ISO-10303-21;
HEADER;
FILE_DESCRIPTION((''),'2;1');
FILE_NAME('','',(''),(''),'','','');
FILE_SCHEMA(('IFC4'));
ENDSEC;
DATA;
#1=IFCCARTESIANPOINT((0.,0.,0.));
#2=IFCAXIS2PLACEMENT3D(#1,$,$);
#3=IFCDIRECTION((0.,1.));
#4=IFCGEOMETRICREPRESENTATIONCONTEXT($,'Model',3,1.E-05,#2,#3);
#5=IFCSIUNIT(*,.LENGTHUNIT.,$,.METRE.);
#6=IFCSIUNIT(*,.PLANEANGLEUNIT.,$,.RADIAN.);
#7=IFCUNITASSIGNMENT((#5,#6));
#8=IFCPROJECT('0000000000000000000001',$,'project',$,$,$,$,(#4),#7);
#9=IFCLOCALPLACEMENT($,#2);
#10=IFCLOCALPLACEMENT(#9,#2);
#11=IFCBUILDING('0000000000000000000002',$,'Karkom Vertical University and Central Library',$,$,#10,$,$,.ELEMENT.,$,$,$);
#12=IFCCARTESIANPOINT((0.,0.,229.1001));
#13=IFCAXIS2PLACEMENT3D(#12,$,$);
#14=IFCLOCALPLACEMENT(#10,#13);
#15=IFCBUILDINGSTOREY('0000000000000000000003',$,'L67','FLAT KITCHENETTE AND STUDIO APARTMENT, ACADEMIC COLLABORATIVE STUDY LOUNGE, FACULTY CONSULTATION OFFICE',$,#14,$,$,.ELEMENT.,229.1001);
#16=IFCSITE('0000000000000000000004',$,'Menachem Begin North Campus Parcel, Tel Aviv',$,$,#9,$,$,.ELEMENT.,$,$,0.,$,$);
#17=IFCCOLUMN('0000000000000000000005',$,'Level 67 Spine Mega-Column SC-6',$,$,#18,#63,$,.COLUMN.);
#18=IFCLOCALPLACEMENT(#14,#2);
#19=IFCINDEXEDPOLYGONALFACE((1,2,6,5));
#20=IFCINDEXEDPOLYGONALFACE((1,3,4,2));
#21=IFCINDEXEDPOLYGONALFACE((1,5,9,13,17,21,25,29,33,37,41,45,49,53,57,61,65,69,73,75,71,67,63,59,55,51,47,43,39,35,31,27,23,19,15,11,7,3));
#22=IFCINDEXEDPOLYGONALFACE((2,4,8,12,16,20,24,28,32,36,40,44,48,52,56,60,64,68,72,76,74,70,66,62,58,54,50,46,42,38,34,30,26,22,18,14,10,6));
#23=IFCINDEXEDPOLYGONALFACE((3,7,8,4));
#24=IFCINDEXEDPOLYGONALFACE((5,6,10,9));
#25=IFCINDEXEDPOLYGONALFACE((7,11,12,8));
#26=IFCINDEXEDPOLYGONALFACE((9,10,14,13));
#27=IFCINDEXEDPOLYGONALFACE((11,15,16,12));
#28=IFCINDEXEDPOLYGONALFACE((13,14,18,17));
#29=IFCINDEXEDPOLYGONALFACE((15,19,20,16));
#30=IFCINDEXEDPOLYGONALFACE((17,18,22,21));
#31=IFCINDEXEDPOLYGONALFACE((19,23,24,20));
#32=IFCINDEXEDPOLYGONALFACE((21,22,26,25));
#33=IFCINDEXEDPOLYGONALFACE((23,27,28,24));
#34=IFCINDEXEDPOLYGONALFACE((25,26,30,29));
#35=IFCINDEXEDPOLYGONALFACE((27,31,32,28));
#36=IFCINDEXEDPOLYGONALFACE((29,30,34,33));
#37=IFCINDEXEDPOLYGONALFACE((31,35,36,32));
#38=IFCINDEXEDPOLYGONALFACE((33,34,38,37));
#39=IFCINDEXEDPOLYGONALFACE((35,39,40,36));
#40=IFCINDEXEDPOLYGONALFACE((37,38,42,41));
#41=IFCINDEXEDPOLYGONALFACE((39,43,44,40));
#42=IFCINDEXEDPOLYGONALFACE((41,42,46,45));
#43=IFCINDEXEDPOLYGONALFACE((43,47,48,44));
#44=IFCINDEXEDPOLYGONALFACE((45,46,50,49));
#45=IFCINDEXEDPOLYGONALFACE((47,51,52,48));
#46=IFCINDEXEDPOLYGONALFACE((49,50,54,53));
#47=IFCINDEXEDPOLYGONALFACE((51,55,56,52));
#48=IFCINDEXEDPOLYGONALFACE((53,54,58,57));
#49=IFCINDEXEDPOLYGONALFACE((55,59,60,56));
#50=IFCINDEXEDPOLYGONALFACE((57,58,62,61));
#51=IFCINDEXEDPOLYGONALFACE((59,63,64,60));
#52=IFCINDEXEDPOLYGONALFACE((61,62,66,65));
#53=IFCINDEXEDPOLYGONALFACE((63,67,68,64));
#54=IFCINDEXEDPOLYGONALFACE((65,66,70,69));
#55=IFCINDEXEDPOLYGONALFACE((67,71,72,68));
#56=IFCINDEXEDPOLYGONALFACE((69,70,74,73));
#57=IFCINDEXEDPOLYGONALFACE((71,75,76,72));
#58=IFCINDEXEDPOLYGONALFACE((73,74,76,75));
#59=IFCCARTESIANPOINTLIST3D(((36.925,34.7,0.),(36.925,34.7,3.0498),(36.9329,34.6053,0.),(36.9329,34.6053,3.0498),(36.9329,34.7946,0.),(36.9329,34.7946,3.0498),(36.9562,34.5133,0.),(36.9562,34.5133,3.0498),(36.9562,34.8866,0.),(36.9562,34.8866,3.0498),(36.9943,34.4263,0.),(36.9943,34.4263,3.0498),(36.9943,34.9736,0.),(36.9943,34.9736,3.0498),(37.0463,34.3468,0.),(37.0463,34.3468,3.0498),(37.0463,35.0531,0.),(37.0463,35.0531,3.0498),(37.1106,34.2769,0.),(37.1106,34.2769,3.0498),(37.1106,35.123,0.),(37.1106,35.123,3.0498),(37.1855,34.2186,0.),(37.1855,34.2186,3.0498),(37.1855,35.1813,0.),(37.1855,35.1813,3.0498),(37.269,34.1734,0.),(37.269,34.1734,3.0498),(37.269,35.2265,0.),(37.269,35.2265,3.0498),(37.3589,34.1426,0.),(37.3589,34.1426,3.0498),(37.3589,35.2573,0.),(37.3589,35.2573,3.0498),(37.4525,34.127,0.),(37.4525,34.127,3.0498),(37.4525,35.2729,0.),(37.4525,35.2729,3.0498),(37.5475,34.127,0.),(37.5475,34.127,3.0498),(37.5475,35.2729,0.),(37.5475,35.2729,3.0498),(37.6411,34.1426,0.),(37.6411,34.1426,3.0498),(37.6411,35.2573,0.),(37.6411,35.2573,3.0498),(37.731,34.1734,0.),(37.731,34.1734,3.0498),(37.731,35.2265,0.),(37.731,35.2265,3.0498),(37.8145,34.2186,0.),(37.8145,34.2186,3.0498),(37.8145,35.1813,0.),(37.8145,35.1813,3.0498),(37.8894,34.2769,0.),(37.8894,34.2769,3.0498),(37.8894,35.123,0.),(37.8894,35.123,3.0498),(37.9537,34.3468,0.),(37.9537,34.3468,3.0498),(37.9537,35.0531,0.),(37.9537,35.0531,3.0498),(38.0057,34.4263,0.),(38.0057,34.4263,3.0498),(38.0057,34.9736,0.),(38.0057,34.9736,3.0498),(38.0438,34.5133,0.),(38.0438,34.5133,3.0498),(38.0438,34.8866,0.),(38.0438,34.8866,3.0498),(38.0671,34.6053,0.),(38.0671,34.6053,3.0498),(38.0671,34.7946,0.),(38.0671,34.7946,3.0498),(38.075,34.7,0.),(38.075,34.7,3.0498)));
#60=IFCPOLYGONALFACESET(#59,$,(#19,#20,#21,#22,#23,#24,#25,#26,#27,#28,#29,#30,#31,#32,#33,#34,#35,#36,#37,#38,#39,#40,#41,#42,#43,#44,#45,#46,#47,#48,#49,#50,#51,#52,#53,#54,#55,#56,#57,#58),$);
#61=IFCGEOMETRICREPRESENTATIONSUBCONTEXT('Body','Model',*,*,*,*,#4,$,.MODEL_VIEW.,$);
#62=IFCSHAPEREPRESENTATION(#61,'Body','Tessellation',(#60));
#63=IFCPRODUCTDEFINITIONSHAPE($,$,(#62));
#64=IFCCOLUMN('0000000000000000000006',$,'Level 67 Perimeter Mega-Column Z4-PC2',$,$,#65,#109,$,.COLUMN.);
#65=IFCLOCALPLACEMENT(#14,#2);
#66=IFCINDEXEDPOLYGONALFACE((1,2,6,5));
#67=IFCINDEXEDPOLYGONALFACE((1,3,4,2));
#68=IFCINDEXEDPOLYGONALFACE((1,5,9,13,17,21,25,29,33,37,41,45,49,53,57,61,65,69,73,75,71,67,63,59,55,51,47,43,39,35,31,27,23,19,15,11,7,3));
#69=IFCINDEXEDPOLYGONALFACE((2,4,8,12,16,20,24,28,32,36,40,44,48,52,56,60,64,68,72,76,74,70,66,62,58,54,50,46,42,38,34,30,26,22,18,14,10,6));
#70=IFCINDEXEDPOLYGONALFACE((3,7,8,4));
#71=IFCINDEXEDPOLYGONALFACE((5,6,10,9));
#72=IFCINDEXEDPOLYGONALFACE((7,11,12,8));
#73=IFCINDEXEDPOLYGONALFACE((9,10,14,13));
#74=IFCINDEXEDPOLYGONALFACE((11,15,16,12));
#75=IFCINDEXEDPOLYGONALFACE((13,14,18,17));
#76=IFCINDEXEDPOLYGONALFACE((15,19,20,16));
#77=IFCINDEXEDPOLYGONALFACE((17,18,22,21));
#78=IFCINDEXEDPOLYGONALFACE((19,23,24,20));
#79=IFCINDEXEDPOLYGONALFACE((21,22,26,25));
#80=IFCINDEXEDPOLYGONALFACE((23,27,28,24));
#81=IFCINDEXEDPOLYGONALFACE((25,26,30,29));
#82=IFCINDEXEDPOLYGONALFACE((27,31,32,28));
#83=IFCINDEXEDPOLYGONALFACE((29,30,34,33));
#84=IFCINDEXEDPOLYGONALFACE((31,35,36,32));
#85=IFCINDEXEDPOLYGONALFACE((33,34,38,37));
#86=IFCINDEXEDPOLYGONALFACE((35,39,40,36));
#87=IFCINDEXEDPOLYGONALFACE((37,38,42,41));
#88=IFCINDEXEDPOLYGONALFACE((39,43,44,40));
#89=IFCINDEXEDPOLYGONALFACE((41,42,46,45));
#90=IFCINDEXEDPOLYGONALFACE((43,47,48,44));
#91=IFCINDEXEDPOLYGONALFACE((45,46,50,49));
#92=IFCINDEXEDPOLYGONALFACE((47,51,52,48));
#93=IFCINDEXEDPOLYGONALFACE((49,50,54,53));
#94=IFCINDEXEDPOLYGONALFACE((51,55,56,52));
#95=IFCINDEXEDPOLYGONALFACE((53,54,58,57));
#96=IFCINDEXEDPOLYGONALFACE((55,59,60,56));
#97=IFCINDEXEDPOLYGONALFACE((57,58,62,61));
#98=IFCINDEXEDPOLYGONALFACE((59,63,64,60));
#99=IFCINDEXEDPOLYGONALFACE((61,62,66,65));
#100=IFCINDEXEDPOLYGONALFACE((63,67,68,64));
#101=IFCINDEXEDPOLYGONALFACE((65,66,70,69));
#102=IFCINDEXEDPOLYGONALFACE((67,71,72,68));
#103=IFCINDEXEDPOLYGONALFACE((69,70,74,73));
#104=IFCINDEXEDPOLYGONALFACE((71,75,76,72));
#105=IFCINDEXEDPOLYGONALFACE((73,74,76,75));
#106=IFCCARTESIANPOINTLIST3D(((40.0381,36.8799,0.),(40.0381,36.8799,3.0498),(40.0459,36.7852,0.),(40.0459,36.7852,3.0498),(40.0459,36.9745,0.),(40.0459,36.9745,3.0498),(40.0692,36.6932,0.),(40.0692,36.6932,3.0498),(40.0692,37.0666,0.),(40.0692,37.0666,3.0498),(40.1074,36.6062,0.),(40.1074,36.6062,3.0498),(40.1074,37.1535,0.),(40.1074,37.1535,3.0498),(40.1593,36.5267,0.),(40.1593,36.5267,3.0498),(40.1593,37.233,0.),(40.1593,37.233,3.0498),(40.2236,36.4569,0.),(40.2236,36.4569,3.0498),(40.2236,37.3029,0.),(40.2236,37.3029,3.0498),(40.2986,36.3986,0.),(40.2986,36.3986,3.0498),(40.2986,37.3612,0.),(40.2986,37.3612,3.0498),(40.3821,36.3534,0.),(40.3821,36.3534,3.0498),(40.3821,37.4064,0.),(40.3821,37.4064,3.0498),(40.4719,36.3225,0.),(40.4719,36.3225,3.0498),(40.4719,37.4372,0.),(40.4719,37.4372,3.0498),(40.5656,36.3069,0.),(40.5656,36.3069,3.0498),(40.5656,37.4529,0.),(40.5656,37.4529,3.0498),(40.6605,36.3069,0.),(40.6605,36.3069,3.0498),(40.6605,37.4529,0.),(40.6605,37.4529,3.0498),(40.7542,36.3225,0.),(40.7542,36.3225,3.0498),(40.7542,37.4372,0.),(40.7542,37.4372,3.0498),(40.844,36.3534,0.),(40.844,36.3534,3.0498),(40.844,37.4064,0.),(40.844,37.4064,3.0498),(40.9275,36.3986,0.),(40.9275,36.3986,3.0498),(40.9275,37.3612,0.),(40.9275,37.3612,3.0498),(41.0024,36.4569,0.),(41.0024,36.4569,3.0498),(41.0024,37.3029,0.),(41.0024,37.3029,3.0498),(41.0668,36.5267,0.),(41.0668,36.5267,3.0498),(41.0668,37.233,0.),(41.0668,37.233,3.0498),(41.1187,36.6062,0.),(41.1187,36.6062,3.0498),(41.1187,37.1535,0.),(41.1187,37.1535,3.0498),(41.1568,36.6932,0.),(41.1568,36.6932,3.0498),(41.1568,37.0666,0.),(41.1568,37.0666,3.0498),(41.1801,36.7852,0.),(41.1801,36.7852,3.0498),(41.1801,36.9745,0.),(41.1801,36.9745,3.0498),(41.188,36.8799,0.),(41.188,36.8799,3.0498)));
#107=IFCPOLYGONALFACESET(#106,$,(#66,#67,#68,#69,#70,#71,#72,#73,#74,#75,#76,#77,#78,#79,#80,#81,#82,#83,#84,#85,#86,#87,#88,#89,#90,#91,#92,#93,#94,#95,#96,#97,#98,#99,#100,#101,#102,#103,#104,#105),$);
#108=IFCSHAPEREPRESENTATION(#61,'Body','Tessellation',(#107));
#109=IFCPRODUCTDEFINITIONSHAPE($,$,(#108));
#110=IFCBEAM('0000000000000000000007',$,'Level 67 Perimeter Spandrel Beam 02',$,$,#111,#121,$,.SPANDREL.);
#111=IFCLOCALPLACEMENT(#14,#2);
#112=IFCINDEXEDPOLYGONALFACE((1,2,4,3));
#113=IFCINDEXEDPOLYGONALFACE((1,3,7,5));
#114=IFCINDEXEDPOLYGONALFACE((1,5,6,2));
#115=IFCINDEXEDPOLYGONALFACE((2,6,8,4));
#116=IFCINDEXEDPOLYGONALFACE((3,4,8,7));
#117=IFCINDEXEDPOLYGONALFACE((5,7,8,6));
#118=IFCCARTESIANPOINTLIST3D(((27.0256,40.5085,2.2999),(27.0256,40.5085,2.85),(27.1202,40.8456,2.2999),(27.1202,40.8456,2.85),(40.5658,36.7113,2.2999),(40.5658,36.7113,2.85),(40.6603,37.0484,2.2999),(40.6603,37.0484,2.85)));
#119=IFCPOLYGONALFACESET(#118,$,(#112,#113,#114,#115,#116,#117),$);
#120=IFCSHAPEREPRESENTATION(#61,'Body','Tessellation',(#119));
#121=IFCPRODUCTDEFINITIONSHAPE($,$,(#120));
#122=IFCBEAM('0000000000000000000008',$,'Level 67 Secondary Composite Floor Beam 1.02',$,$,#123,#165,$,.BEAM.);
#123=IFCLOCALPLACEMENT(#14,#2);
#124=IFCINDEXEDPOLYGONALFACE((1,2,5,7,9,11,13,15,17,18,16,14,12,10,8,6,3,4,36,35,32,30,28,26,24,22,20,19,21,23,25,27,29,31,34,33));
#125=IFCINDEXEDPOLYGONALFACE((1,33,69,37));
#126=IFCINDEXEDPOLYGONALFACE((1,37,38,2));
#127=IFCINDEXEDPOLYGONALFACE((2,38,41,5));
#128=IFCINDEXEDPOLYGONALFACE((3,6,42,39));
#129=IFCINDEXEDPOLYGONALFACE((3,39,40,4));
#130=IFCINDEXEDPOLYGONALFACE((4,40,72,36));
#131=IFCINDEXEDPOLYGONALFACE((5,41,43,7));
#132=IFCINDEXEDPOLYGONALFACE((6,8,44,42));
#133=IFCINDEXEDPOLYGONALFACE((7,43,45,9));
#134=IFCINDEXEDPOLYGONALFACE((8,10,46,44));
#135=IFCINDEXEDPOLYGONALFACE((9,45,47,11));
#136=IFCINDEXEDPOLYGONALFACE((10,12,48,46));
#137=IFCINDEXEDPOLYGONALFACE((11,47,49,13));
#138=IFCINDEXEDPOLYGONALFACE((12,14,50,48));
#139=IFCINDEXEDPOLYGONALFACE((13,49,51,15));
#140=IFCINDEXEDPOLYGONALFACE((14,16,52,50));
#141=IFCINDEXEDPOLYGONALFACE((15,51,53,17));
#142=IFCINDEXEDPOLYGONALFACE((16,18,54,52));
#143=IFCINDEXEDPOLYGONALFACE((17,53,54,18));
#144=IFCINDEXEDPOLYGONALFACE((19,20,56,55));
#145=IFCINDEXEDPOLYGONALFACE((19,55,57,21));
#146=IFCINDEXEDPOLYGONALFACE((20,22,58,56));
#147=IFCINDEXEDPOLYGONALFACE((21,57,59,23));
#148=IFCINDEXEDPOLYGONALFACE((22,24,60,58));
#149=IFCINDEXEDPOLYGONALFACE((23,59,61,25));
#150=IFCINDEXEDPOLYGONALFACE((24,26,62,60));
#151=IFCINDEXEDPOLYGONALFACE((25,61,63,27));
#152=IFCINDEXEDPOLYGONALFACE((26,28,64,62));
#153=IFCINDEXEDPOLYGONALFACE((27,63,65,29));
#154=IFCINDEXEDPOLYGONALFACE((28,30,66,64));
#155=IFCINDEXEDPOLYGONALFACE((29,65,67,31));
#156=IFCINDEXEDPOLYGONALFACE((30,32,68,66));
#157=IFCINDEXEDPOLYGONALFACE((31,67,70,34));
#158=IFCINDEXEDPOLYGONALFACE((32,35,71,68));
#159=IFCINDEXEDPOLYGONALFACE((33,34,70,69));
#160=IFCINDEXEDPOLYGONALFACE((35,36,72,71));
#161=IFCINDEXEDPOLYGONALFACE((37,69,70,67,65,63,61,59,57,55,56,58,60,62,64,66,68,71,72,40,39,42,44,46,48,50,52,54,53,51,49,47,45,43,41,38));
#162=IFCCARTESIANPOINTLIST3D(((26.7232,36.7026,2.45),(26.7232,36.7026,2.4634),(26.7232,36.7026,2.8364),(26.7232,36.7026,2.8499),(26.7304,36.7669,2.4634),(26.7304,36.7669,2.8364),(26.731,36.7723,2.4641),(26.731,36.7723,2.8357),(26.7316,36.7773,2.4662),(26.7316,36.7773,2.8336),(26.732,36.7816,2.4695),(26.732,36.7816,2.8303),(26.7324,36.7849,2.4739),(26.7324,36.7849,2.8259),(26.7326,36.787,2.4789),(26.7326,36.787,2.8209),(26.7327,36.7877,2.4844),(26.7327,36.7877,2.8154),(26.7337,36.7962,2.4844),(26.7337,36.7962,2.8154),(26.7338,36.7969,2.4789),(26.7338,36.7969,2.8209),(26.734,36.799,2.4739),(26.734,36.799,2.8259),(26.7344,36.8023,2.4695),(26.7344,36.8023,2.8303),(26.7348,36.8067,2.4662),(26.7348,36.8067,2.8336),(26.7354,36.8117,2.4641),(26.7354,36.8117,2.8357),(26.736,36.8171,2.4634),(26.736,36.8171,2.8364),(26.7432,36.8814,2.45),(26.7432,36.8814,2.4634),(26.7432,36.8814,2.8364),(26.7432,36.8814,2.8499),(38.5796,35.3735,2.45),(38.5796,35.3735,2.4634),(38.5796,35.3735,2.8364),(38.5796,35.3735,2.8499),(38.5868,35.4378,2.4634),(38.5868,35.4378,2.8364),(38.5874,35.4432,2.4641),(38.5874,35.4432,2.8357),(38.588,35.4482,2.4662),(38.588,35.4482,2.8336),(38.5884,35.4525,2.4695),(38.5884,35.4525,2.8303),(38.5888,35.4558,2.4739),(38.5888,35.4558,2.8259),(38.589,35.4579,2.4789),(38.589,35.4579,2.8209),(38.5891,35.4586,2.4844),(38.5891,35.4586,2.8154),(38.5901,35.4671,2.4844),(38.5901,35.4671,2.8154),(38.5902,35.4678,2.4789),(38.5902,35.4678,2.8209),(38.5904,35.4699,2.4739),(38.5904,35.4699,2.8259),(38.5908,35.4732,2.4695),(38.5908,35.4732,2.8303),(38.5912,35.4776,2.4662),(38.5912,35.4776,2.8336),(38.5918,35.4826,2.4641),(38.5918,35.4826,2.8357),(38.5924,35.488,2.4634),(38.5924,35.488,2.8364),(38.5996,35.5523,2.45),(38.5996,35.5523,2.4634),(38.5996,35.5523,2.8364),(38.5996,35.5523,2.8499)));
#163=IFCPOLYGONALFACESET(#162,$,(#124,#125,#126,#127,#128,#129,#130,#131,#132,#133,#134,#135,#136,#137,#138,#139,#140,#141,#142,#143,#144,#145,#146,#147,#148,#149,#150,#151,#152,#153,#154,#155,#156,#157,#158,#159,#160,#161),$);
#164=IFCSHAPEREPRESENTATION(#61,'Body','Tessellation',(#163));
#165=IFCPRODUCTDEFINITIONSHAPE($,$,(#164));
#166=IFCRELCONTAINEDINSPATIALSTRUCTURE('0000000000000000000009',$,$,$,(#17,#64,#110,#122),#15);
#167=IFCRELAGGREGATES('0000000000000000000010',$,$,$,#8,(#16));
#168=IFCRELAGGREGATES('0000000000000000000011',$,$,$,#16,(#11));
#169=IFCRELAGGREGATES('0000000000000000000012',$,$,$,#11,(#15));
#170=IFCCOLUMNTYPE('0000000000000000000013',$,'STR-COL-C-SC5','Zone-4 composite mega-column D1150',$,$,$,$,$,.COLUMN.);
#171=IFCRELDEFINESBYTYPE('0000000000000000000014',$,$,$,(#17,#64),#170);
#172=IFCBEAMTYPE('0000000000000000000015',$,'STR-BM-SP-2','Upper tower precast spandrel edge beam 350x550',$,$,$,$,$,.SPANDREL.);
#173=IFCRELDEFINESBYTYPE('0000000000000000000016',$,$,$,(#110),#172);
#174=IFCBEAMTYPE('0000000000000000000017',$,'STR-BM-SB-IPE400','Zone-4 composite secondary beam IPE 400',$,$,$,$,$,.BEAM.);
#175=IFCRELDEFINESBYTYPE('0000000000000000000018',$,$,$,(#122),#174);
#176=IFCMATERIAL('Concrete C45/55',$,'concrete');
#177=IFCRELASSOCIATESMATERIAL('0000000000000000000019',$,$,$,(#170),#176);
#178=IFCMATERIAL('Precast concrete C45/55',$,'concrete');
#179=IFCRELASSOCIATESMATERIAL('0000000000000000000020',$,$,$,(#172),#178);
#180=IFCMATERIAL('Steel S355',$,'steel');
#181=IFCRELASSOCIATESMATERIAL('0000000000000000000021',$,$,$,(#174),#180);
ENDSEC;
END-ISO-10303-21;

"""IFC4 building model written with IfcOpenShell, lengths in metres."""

from ifc_helpers import new_model, si_unit, direction, frame, origin, origin_with_axes, origin_2d, place, context, subcontext, project, spatial, rectangle, circle, i_section, extrude, source, transform, mapped, material, material_profile, profile_set, type_object, element, save


model = new_model("IFC4")

# Units and contexts
model_context = context("Model", 3, precision=1e-05, world=origin(), true_north=direction((0.0, 1.0)))
body_context = subcontext(model_context, "Body", "Model", "MODEL_VIEW")
ifc_project = project(units=[si_unit("LENGTHUNIT", "METRE"), si_unit("PLANEANGLEUNIT", "RADIAN")], contexts=[model_context])

# Site, building, storey
site_placement = place(None, origin())
site = spatial("IfcSite", under=ifc_project, at=site_placement, Name="Menachem Begin North Campus Parcel, Tel Aviv", CompositionType="ELEMENT", RefElevation=0.0)
building_placement = place(site_placement, origin())
building = spatial("IfcBuilding", under=site, at=building_placement, Name="Karkom Vertical University and Central Library", CompositionType="ELEMENT")
storey_placement = place(building_placement, frame((0.0, 0.0, 229.1001)))
storey = spatial("IfcBuildingStorey", under=building, at=storey_placement, Name="L67", Description="FLAT KITCHENETTE AND STUDIO APARTMENT, ACADEMIC COLLABORATIVE STUDY LOUNGE, FACULTY CONSULTATION OFFICE", CompositionType="ELEMENT", Elevation=229.1001)

# Columns
ifc_material_1 = material(Name="Concrete C45/55", Category="concrete")
ifc_material_profile_1 = material_profile(ifc_material_1, circle(Radius=0.575, at=origin_2d()), Name="CFT-D1150")
ifc_profile_set_1 = profile_set([ifc_material_profile_1], Name="Concrete C45/55")
column_type = type_object("IfcColumnType", Name="STR-COL-C-SC5", Description="Zone-4 composite mega-column D1150", PredefinedType="COLUMN", material=ifc_profile_set_1)
shared_shape_1 = source(origin_with_axes(), body_context, "Body", "SweptSolid", [
    extrude(circle(Radius=0.575, at=origin_2d()), origin(), (0.0, 0.0, 1.0), 3.0498),
])
for number, where, z_axis, x_axis, name in (
    (1, (37.5, 34.7, 0.0), (0.0, 0.0, 1.0), (1.0, 0.0, 0.0), "Level 67 Spine Mega-Column SC-6"),
    (2, (40.613, 36.8799, 0.0), (0.0, 0.0, 1.0), (1.0, 0.0, 0.0), "Level 67 Perimeter Mega-Column Z4-PC2"),
):
    element("IfcColumn", number, at=place(storey_placement, frame(where, z_axis=z_axis, x_axis=x_axis)), inside=storey, type_object=column_type, Name=name, PredefinedType="COLUMN", context=body_context, shape_type="MappedRepresentation", body=[
        mapped(shared_shape_1, transform((0.0, 0.0, 0.0), scale=1.0)),
    ])

# Beams
ifc_material_2 = material(Name="Precast concrete C45/55", Category="concrete")
ifc_material_profile_2 = material_profile(ifc_material_2, rectangle(XDim=0.3501, YDim=0.55, at=origin_2d()), Name="SPB-350x550")
ifc_profile_set_2 = profile_set([ifc_material_profile_2], Name="Precast concrete C45/55")
beam_type_1 = type_object("IfcBeamType", Name="STR-BM-SP-2", Description="Upper tower precast spandrel edge beam 350x550", PredefinedType="SPANDREL", material=ifc_profile_set_2)
shared_shape_2 = source(origin_with_axes(), body_context, "Body", "SweptSolid", [
    extrude(rectangle(XDim=0.3501, YDim=0.55, at=origin_2d()), origin(), (0.0, 0.0, 1.0), 14.0625),
])
beam_1_placement = place(storey_placement, frame((40.613, 36.8799, 2.575), z_axis=(-0.962855, 0.27002, 0.0), x_axis=(-0.27002, -0.962855, 0.0)))
element("IfcBeam", 3, at=beam_1_placement, inside=storey, type_object=beam_type_1, Name="Level 67 Perimeter Spandrel Beam 02", PredefinedType="SPANDREL", context=body_context, shape_type="MappedRepresentation", body=[
    mapped(shared_shape_2, transform((0.0, 0.0, 0.0), scale=1.0)),
])
ifc_material_3 = material(Name="Steel S355", Category="steel")
ifc_material_profile_3 = material_profile(ifc_material_3, i_section(OverallWidth=0.1799, OverallDepth=0.3999, WebThickness=0.0085, FlangeThickness=0.0134, FilletRadius=0.021, at=origin_2d()), Name="IPE 400")
ifc_profile_set_3 = profile_set([ifc_material_profile_3], Name="Steel S355")
beam_type_2 = type_object("IfcBeamType", Name="STR-BM-SB-IPE400", Description="Zone-4 composite secondary beam IPE 400", PredefinedType="BEAM", material=ifc_profile_set_3)
shared_shape_3 = source(origin_with_axes(), body_context, "Body", "SweptSolid", [
    extrude(i_section(OverallWidth=0.1799, OverallDepth=0.3999, WebThickness=0.0085, FlangeThickness=0.0134, FilletRadius=0.021, at=origin_2d()), origin(), (0.0, 0.0, 1.0), 11.9307),
])
beam_2_placement = place(storey_placement, frame((38.5896, 35.4629, 2.6499), z_axis=(-0.993775, 0.111402, 0.0), x_axis=(-0.111402, -0.993775, 0.0)))
element("IfcBeam", 4, at=beam_2_placement, inside=storey, type_object=beam_type_2, Name="Level 67 Secondary Composite Floor Beam 1.02", PredefinedType="BEAM", context=body_context, shape_type="MappedRepresentation", body=[
    mapped(shared_shape_3, transform((0.0, 0.0, 0.0), scale=1.0)),
])

save(model, "model.ifc")
